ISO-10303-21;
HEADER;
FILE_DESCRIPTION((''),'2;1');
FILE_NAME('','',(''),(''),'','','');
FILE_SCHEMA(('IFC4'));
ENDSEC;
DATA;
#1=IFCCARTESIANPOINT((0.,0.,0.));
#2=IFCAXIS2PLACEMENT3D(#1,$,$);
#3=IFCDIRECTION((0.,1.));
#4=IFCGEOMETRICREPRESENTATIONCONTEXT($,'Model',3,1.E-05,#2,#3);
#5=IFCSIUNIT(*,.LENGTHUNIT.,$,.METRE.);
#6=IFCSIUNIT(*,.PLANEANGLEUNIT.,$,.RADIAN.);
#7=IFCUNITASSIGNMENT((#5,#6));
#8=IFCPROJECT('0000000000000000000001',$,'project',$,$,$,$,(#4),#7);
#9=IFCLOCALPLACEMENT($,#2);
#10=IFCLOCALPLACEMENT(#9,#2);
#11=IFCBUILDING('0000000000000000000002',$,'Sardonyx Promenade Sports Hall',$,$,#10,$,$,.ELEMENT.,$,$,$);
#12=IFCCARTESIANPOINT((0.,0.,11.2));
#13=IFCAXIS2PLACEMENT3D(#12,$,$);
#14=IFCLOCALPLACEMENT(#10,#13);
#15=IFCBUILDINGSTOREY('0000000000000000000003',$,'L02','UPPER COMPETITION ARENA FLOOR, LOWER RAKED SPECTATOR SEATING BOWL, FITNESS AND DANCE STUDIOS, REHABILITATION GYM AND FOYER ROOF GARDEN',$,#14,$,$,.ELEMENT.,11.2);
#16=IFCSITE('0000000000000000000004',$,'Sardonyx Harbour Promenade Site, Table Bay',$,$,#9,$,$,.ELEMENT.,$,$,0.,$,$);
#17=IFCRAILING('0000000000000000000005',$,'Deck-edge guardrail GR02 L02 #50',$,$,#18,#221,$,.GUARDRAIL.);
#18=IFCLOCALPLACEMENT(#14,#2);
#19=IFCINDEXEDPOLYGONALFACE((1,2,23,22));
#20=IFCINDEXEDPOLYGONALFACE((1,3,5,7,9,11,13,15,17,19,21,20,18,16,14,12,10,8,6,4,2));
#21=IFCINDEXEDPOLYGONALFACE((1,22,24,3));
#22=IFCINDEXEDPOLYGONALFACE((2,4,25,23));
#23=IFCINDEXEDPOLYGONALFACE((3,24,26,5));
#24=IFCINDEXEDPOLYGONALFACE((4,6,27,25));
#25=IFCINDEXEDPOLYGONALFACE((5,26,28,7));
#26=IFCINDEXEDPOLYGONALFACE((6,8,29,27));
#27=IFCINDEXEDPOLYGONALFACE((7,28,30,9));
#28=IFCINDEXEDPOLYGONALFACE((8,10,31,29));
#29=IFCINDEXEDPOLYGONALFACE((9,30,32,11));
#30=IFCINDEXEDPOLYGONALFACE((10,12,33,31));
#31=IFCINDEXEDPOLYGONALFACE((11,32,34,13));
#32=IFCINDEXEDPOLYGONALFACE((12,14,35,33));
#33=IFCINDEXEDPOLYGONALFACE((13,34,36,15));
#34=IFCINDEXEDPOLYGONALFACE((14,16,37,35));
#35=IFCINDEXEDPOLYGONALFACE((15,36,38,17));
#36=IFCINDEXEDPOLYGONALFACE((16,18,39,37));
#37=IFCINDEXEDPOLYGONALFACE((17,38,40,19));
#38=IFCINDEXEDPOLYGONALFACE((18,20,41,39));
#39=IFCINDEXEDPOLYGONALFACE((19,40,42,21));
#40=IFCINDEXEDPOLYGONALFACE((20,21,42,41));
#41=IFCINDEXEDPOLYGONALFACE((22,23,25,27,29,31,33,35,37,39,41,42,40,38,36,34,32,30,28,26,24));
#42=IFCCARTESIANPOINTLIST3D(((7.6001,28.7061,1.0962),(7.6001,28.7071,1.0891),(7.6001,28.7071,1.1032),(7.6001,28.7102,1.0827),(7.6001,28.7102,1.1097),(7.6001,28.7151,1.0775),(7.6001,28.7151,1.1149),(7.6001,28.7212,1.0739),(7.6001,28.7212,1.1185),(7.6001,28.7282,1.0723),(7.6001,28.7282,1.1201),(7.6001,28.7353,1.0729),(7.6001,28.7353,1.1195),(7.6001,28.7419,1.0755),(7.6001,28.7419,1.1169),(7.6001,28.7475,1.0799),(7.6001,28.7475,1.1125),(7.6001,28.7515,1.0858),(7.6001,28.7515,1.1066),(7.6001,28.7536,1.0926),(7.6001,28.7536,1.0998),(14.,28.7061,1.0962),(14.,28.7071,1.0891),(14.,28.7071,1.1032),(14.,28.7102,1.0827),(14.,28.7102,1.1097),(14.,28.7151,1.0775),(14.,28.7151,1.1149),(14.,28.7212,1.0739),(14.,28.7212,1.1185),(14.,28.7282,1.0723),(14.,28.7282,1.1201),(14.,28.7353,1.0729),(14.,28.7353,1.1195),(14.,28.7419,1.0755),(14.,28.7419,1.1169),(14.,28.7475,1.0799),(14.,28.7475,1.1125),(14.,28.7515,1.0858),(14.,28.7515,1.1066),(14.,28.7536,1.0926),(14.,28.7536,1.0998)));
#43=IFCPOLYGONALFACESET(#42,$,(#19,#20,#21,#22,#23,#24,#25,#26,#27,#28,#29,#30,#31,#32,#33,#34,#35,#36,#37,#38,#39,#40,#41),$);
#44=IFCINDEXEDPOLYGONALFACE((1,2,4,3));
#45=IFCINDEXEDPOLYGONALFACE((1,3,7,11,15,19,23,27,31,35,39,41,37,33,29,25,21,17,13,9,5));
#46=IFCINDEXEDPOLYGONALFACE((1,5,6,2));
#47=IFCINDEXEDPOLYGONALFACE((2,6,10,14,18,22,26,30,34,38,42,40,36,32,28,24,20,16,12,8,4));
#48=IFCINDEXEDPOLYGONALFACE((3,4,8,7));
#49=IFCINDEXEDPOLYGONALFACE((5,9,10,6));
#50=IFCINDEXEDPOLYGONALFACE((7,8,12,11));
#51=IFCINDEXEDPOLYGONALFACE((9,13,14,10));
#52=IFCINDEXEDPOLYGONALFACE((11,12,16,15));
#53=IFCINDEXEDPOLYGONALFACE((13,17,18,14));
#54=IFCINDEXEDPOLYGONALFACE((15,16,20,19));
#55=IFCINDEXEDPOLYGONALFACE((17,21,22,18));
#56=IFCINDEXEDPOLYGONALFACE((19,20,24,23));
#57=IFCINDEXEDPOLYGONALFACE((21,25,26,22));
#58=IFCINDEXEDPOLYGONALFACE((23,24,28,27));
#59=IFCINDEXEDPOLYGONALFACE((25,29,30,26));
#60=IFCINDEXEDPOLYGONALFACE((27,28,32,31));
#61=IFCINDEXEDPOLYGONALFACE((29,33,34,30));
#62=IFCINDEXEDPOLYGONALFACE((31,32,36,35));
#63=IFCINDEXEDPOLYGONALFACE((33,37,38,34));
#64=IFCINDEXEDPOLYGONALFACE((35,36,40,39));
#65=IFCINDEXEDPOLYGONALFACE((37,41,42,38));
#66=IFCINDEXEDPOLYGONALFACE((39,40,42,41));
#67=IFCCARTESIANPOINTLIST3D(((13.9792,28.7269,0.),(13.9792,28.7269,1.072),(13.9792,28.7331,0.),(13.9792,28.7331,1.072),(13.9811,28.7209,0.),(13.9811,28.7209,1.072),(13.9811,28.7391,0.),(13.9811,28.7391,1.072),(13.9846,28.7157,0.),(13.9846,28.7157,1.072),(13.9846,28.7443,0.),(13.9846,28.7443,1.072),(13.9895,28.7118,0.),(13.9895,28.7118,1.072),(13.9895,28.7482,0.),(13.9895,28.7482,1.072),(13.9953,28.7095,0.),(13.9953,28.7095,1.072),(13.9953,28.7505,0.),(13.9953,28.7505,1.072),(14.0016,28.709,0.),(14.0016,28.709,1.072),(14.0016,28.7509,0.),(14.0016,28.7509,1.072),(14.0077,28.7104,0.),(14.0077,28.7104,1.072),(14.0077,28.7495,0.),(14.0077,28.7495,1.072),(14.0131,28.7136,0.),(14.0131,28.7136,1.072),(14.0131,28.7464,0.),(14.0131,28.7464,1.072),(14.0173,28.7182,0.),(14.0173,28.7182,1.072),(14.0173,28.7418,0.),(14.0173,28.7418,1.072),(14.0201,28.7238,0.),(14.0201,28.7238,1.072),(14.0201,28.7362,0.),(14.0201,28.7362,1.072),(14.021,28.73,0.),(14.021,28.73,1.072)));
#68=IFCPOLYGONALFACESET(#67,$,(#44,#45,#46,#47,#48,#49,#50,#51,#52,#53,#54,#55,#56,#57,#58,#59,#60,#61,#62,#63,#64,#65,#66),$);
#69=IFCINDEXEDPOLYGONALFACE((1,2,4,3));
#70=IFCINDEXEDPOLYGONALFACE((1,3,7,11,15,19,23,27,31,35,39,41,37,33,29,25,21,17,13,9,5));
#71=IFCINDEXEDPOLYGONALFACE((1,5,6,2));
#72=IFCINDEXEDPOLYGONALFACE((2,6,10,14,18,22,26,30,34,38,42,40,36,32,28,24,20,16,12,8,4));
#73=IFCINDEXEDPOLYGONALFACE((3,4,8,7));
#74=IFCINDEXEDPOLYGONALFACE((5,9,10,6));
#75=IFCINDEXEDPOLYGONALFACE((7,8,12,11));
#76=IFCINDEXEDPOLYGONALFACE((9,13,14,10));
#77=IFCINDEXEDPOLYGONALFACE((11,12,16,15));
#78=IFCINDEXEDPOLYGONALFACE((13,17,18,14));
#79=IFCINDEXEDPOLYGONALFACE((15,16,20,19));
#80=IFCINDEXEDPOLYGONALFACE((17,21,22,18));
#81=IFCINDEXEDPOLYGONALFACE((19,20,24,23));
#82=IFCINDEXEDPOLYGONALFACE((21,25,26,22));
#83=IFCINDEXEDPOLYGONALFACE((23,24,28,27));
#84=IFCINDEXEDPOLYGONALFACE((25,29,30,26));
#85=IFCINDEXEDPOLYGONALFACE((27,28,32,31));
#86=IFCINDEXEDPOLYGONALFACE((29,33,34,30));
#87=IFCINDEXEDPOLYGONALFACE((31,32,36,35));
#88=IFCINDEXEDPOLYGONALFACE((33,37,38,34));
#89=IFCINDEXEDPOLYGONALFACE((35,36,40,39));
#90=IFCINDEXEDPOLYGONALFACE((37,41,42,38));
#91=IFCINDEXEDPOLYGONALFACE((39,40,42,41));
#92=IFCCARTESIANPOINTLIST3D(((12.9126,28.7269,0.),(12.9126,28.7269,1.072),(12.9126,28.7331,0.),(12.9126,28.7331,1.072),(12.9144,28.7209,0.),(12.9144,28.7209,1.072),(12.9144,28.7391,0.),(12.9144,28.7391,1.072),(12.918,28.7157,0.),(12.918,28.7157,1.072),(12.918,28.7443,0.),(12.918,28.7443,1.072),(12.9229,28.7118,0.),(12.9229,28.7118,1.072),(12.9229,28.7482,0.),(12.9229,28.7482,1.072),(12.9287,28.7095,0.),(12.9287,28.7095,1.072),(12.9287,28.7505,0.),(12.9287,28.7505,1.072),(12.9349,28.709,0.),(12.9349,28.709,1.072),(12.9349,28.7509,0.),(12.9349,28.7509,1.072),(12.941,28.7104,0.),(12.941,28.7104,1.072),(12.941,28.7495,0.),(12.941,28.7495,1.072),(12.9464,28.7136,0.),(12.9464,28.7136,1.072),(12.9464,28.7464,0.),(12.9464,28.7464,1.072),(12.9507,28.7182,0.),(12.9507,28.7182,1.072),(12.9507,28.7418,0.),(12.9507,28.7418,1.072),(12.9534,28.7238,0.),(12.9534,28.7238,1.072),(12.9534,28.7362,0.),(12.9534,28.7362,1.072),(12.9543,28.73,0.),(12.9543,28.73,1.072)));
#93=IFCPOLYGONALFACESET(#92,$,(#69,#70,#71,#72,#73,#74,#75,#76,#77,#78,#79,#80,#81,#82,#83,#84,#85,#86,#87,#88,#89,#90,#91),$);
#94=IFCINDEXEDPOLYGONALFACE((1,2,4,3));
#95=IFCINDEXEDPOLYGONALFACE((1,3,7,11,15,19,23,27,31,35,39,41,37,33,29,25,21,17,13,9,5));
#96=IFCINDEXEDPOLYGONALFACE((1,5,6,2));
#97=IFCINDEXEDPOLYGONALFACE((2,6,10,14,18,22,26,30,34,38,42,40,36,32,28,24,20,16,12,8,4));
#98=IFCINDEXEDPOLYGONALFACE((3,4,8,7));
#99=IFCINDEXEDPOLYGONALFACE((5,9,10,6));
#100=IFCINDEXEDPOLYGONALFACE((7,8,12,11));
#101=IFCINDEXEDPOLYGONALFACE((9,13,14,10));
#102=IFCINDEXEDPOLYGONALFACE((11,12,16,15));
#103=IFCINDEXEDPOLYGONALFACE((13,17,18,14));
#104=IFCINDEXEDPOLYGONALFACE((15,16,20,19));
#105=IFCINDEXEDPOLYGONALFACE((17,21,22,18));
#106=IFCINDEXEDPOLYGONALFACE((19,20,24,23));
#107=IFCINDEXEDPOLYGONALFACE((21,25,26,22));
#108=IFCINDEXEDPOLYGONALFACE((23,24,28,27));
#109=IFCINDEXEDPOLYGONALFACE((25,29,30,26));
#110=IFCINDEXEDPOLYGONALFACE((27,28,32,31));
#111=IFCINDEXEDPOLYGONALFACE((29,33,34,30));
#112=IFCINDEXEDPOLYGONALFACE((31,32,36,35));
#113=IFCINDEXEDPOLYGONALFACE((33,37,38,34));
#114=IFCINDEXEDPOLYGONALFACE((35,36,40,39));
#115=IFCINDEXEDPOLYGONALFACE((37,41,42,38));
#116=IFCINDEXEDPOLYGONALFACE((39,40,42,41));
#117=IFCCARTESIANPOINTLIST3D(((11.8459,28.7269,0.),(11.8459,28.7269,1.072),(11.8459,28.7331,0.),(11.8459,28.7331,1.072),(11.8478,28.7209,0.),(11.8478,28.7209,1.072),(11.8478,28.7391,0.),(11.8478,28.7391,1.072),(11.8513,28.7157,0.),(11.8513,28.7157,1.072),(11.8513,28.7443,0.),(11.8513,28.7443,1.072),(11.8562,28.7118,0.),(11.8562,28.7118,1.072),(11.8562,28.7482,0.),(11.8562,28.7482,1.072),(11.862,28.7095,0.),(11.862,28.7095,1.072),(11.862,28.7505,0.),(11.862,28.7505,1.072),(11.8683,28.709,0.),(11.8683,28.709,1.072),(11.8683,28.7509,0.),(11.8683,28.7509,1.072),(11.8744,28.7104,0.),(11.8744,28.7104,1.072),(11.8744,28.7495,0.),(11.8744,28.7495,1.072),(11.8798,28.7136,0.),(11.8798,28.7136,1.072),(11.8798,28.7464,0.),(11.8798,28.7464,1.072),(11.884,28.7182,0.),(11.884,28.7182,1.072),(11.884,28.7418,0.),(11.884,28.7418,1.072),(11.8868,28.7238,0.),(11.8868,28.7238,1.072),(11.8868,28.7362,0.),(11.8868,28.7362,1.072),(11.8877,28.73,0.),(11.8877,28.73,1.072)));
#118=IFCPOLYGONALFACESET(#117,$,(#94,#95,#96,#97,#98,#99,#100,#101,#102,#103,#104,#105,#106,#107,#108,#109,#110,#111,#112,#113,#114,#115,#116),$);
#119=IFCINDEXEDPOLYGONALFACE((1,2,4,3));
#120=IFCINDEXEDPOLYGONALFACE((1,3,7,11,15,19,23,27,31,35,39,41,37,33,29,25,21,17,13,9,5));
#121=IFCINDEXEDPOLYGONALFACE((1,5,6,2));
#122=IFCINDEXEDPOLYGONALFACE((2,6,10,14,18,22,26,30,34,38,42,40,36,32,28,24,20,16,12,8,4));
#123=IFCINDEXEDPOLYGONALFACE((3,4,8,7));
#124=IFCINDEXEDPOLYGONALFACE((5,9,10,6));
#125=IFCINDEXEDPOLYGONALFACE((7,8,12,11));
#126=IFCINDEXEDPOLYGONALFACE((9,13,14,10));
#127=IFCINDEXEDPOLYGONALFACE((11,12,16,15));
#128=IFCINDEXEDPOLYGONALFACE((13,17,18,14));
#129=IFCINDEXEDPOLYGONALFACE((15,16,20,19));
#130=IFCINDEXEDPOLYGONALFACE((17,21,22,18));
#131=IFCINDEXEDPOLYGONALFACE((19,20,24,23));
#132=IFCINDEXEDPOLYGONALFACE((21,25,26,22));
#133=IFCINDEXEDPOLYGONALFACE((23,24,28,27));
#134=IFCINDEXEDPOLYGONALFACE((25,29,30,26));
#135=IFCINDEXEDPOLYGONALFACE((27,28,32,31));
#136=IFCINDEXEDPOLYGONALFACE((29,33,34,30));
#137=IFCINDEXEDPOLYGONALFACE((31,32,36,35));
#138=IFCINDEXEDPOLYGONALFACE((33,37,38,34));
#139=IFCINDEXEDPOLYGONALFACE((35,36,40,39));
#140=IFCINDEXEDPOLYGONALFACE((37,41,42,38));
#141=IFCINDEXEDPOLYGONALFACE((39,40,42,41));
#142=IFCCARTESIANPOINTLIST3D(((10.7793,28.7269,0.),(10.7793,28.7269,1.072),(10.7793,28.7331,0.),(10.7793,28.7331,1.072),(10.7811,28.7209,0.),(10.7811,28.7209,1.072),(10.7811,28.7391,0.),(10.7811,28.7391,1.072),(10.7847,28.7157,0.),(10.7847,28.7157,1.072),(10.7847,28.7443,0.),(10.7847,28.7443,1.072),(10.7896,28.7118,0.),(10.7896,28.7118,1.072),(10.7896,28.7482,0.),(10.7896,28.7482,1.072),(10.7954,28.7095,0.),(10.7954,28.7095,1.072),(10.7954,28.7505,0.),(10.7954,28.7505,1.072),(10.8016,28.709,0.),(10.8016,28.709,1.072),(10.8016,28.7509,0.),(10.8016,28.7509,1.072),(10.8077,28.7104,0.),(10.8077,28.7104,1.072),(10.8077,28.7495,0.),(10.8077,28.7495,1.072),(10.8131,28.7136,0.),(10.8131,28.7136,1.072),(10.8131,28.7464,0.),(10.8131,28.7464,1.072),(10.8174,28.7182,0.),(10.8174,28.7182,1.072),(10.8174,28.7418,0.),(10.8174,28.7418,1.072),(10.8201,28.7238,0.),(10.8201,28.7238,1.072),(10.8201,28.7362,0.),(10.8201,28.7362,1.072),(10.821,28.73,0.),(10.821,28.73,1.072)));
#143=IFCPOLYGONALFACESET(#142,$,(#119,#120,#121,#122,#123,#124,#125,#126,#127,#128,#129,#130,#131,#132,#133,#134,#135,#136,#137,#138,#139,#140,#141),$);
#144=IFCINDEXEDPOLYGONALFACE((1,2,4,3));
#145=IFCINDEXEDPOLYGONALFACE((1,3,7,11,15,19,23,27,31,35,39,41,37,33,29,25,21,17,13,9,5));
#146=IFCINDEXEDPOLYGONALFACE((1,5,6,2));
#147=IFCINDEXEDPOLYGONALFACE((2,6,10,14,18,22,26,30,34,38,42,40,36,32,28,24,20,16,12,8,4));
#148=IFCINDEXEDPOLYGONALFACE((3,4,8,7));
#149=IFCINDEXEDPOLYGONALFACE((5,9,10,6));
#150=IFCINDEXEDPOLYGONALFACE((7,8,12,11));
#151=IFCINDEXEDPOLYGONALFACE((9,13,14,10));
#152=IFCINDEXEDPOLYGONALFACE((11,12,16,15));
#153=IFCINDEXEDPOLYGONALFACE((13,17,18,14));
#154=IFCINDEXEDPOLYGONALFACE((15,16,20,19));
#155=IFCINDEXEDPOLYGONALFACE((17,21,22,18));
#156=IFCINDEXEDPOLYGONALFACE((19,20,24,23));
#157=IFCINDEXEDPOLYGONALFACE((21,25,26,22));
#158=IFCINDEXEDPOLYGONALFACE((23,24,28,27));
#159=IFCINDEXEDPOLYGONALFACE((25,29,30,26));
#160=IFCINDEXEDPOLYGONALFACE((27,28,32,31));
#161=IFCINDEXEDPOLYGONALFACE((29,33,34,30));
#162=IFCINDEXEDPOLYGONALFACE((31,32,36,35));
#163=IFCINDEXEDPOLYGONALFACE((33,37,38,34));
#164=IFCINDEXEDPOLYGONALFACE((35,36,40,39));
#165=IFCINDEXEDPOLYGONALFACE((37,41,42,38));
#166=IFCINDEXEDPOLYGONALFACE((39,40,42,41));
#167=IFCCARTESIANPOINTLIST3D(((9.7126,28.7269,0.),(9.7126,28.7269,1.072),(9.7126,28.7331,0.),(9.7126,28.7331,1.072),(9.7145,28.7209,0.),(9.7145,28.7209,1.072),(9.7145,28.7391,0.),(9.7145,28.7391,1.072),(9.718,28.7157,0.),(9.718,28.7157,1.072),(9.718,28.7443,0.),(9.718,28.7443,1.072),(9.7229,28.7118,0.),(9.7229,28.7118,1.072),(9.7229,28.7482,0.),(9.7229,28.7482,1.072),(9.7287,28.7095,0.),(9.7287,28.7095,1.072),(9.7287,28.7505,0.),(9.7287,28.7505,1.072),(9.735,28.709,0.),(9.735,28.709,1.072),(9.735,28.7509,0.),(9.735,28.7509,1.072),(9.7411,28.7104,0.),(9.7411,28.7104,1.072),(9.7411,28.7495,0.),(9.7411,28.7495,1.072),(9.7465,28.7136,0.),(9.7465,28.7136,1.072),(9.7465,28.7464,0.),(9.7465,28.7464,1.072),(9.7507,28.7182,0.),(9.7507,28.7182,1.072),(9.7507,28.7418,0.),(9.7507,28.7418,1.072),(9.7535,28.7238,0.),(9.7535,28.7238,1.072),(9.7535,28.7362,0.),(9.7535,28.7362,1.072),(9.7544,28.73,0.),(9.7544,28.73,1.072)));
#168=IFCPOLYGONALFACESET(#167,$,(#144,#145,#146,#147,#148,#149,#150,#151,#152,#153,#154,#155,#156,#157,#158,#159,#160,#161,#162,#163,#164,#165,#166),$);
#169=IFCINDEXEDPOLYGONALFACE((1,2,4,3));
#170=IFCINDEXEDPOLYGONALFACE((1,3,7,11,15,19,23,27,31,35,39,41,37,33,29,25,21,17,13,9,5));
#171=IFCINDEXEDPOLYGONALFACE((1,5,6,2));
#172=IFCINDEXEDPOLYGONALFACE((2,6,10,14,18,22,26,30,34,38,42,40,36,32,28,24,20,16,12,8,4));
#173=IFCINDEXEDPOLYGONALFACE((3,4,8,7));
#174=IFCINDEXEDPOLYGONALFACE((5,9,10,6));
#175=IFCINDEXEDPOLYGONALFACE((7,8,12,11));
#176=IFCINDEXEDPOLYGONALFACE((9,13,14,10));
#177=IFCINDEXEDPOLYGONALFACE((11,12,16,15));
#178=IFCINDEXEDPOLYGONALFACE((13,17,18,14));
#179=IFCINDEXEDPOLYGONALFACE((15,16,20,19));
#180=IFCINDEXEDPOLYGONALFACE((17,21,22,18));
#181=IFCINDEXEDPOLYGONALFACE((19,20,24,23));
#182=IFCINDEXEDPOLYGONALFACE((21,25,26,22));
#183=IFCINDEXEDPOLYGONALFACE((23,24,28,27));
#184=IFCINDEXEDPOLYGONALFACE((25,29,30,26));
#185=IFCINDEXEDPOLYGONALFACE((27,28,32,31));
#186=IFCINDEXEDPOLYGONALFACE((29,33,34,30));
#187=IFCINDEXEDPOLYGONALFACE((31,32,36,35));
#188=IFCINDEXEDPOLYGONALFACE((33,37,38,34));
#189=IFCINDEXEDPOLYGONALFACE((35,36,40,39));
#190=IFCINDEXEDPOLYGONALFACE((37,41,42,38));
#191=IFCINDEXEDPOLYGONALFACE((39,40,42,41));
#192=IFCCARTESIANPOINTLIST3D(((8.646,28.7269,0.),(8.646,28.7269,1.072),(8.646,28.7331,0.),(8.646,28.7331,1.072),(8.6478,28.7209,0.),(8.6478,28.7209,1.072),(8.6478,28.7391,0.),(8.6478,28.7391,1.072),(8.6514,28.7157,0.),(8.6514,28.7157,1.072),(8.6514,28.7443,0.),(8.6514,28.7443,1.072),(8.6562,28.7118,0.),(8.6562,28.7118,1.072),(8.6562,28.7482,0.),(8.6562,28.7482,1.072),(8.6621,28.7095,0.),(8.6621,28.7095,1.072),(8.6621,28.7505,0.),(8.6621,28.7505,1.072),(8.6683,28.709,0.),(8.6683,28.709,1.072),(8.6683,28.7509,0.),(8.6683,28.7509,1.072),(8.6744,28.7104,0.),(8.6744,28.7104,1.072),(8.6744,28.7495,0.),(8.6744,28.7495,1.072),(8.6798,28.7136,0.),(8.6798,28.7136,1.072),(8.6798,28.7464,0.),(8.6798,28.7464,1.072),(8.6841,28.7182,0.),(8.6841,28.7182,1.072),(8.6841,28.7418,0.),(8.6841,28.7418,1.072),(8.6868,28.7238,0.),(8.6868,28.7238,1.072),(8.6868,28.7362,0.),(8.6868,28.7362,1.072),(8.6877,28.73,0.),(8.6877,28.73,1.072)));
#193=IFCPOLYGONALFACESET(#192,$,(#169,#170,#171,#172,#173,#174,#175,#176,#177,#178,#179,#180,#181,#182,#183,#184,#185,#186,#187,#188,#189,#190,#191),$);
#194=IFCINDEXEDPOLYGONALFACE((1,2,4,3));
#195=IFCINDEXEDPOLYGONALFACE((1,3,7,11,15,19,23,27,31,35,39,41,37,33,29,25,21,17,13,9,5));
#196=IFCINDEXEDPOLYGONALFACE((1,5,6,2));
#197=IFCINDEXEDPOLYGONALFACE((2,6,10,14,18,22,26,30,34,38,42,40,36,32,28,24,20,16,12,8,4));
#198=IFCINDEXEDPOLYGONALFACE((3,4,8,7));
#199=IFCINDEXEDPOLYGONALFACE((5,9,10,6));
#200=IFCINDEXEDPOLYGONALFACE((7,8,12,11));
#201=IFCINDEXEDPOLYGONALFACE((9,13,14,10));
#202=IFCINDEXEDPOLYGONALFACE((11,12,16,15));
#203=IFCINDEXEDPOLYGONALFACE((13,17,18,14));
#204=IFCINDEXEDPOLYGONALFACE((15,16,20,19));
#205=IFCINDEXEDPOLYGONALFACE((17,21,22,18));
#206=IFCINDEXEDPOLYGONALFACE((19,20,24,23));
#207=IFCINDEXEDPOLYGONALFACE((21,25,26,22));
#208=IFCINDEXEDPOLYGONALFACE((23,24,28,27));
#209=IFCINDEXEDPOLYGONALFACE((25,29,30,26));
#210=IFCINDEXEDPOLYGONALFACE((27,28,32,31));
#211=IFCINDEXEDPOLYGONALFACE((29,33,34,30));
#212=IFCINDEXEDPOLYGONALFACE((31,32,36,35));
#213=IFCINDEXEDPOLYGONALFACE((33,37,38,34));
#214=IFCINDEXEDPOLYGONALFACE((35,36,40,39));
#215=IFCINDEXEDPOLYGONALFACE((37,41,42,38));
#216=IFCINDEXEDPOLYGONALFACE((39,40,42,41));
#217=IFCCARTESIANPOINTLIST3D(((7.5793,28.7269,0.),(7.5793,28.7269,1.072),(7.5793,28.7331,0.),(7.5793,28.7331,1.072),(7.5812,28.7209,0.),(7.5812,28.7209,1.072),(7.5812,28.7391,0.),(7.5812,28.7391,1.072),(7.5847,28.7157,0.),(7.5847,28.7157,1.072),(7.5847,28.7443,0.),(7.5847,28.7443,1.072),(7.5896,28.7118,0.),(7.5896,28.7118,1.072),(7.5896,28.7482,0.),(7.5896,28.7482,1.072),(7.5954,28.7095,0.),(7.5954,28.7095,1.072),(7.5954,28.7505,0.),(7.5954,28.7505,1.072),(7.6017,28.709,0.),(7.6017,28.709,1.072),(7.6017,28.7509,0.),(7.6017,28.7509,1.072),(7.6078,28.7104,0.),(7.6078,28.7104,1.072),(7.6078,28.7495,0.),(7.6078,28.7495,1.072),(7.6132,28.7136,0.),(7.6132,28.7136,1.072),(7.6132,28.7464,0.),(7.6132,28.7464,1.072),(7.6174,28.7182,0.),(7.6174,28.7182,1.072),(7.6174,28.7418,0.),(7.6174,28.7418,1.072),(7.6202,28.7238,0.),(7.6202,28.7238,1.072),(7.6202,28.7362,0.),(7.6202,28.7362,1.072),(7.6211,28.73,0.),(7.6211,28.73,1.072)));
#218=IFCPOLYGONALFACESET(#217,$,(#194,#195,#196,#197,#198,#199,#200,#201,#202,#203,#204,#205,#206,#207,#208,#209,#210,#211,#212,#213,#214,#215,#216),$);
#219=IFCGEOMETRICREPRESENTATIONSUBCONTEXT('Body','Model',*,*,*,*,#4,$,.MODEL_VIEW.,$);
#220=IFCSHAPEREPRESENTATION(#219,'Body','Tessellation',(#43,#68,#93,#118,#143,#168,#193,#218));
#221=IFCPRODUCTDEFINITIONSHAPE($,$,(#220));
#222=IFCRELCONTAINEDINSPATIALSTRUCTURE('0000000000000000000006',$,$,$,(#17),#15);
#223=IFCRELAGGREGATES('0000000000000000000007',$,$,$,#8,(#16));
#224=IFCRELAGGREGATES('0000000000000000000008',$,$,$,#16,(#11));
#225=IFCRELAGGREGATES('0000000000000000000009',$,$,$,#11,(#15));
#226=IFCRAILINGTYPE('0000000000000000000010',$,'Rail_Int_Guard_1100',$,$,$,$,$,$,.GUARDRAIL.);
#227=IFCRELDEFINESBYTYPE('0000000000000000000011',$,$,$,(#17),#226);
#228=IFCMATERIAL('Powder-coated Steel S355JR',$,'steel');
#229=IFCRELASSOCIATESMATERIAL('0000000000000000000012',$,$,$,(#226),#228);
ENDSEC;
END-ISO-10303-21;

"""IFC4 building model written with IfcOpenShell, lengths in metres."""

from ifc_helpers import new_model, si_unit, direction, frame, origin, origin_2d, place, context, subcontext, project, spatial, circle, extrude, material, type_object, element, save


model = new_model("IFC4")

# Units and contexts
model_context = context("Model", 3, precision=1e-05, world=origin(), true_north=direction((0.0, 1.0)))
body_context = subcontext(model_context, "Body", "Model", "MODEL_VIEW")
ifc_project = project(units=[si_unit("LENGTHUNIT", "METRE"), si_unit("PLANEANGLEUNIT", "RADIAN")], contexts=[model_context])

# Site, building, storey
site_placement = place(None, origin())
site = spatial("IfcSite", under=ifc_project, at=site_placement, Name="Sardonyx Harbour Promenade Site, Table Bay", CompositionType="ELEMENT", RefElevation=0.0)
building_placement = place(site_placement, origin())
building = spatial("IfcBuilding", under=site, at=building_placement, Name="Sardonyx Promenade Sports Hall", CompositionType="ELEMENT")
storey_placement = place(building_placement, frame((0.0, 0.0, 11.2)))
storey = spatial("IfcBuildingStorey", under=building, at=storey_placement, Name="L02", Description="UPPER COMPETITION ARENA FLOOR, LOWER RAKED SPECTATOR SEATING BOWL, FITNESS AND DANCE STUDIOS, REHABILITATION GYM AND FOYER ROOF GARDEN", CompositionType="ELEMENT", Elevation=11.2)

# Railing
ifc_material_1 = material(Name="Powder-coated Steel S355JR", Category="steel")
railing_type = type_object("IfcRailingType", Name="Rail_Int_Guard_1100", PredefinedType="GUARDRAIL", material=ifc_material_1)
railing_1_placement = place(storey_placement, frame((14.0, 28.73, 0.0)))
element("IfcRailing", 1, at=railing_1_placement, inside=storey, type_object=railing_type, Name="Deck-edge guardrail GR02 L02 #50", PredefinedType="GUARDRAIL", context=body_context, shape_type="SweptSolid", body=[
    extrude(circle(Radius=0.0239, at=origin_2d()), frame((0.0, 0.0, 1.0962), z_axis=(-1.0, 0.0, 0.0), x_axis=(0.0, -1.0, 0.0)), (0.0, 0.0, 1.0), 6.3999),
    extrude(circle(Radius=0.021, at=origin_2d()), origin(), (0.0, 0.0, 1.0), 1.072),
    extrude(circle(Radius=0.021, at=origin_2d()), frame((-1.0667, 0.0, 0.0)), (0.0, 0.0, 1.0), 1.072),
    extrude(circle(Radius=0.021, at=origin_2d()), frame((-2.1333, 0.0, 0.0)), (0.0, 0.0, 1.0), 1.072),
    extrude(circle(Radius=0.021, at=origin_2d()), frame((-3.2, 0.0, 0.0)), (0.0, 0.0, 1.0), 1.072),
    extrude(circle(Radius=0.021, at=origin_2d()), frame((-4.2666, 0.0, 0.0)), (0.0, 0.0, 1.0), 1.072),
    extrude(circle(Radius=0.021, at=origin_2d()), frame((-5.3333, 0.0, 0.0)), (0.0, 0.0, 1.0), 1.072),
    extrude(circle(Radius=0.021, at=origin_2d()), frame((-6.3999, 0.0, 0.0)), (0.0, 0.0, 1.0), 1.072),
])

save(model, "model.ifc")
